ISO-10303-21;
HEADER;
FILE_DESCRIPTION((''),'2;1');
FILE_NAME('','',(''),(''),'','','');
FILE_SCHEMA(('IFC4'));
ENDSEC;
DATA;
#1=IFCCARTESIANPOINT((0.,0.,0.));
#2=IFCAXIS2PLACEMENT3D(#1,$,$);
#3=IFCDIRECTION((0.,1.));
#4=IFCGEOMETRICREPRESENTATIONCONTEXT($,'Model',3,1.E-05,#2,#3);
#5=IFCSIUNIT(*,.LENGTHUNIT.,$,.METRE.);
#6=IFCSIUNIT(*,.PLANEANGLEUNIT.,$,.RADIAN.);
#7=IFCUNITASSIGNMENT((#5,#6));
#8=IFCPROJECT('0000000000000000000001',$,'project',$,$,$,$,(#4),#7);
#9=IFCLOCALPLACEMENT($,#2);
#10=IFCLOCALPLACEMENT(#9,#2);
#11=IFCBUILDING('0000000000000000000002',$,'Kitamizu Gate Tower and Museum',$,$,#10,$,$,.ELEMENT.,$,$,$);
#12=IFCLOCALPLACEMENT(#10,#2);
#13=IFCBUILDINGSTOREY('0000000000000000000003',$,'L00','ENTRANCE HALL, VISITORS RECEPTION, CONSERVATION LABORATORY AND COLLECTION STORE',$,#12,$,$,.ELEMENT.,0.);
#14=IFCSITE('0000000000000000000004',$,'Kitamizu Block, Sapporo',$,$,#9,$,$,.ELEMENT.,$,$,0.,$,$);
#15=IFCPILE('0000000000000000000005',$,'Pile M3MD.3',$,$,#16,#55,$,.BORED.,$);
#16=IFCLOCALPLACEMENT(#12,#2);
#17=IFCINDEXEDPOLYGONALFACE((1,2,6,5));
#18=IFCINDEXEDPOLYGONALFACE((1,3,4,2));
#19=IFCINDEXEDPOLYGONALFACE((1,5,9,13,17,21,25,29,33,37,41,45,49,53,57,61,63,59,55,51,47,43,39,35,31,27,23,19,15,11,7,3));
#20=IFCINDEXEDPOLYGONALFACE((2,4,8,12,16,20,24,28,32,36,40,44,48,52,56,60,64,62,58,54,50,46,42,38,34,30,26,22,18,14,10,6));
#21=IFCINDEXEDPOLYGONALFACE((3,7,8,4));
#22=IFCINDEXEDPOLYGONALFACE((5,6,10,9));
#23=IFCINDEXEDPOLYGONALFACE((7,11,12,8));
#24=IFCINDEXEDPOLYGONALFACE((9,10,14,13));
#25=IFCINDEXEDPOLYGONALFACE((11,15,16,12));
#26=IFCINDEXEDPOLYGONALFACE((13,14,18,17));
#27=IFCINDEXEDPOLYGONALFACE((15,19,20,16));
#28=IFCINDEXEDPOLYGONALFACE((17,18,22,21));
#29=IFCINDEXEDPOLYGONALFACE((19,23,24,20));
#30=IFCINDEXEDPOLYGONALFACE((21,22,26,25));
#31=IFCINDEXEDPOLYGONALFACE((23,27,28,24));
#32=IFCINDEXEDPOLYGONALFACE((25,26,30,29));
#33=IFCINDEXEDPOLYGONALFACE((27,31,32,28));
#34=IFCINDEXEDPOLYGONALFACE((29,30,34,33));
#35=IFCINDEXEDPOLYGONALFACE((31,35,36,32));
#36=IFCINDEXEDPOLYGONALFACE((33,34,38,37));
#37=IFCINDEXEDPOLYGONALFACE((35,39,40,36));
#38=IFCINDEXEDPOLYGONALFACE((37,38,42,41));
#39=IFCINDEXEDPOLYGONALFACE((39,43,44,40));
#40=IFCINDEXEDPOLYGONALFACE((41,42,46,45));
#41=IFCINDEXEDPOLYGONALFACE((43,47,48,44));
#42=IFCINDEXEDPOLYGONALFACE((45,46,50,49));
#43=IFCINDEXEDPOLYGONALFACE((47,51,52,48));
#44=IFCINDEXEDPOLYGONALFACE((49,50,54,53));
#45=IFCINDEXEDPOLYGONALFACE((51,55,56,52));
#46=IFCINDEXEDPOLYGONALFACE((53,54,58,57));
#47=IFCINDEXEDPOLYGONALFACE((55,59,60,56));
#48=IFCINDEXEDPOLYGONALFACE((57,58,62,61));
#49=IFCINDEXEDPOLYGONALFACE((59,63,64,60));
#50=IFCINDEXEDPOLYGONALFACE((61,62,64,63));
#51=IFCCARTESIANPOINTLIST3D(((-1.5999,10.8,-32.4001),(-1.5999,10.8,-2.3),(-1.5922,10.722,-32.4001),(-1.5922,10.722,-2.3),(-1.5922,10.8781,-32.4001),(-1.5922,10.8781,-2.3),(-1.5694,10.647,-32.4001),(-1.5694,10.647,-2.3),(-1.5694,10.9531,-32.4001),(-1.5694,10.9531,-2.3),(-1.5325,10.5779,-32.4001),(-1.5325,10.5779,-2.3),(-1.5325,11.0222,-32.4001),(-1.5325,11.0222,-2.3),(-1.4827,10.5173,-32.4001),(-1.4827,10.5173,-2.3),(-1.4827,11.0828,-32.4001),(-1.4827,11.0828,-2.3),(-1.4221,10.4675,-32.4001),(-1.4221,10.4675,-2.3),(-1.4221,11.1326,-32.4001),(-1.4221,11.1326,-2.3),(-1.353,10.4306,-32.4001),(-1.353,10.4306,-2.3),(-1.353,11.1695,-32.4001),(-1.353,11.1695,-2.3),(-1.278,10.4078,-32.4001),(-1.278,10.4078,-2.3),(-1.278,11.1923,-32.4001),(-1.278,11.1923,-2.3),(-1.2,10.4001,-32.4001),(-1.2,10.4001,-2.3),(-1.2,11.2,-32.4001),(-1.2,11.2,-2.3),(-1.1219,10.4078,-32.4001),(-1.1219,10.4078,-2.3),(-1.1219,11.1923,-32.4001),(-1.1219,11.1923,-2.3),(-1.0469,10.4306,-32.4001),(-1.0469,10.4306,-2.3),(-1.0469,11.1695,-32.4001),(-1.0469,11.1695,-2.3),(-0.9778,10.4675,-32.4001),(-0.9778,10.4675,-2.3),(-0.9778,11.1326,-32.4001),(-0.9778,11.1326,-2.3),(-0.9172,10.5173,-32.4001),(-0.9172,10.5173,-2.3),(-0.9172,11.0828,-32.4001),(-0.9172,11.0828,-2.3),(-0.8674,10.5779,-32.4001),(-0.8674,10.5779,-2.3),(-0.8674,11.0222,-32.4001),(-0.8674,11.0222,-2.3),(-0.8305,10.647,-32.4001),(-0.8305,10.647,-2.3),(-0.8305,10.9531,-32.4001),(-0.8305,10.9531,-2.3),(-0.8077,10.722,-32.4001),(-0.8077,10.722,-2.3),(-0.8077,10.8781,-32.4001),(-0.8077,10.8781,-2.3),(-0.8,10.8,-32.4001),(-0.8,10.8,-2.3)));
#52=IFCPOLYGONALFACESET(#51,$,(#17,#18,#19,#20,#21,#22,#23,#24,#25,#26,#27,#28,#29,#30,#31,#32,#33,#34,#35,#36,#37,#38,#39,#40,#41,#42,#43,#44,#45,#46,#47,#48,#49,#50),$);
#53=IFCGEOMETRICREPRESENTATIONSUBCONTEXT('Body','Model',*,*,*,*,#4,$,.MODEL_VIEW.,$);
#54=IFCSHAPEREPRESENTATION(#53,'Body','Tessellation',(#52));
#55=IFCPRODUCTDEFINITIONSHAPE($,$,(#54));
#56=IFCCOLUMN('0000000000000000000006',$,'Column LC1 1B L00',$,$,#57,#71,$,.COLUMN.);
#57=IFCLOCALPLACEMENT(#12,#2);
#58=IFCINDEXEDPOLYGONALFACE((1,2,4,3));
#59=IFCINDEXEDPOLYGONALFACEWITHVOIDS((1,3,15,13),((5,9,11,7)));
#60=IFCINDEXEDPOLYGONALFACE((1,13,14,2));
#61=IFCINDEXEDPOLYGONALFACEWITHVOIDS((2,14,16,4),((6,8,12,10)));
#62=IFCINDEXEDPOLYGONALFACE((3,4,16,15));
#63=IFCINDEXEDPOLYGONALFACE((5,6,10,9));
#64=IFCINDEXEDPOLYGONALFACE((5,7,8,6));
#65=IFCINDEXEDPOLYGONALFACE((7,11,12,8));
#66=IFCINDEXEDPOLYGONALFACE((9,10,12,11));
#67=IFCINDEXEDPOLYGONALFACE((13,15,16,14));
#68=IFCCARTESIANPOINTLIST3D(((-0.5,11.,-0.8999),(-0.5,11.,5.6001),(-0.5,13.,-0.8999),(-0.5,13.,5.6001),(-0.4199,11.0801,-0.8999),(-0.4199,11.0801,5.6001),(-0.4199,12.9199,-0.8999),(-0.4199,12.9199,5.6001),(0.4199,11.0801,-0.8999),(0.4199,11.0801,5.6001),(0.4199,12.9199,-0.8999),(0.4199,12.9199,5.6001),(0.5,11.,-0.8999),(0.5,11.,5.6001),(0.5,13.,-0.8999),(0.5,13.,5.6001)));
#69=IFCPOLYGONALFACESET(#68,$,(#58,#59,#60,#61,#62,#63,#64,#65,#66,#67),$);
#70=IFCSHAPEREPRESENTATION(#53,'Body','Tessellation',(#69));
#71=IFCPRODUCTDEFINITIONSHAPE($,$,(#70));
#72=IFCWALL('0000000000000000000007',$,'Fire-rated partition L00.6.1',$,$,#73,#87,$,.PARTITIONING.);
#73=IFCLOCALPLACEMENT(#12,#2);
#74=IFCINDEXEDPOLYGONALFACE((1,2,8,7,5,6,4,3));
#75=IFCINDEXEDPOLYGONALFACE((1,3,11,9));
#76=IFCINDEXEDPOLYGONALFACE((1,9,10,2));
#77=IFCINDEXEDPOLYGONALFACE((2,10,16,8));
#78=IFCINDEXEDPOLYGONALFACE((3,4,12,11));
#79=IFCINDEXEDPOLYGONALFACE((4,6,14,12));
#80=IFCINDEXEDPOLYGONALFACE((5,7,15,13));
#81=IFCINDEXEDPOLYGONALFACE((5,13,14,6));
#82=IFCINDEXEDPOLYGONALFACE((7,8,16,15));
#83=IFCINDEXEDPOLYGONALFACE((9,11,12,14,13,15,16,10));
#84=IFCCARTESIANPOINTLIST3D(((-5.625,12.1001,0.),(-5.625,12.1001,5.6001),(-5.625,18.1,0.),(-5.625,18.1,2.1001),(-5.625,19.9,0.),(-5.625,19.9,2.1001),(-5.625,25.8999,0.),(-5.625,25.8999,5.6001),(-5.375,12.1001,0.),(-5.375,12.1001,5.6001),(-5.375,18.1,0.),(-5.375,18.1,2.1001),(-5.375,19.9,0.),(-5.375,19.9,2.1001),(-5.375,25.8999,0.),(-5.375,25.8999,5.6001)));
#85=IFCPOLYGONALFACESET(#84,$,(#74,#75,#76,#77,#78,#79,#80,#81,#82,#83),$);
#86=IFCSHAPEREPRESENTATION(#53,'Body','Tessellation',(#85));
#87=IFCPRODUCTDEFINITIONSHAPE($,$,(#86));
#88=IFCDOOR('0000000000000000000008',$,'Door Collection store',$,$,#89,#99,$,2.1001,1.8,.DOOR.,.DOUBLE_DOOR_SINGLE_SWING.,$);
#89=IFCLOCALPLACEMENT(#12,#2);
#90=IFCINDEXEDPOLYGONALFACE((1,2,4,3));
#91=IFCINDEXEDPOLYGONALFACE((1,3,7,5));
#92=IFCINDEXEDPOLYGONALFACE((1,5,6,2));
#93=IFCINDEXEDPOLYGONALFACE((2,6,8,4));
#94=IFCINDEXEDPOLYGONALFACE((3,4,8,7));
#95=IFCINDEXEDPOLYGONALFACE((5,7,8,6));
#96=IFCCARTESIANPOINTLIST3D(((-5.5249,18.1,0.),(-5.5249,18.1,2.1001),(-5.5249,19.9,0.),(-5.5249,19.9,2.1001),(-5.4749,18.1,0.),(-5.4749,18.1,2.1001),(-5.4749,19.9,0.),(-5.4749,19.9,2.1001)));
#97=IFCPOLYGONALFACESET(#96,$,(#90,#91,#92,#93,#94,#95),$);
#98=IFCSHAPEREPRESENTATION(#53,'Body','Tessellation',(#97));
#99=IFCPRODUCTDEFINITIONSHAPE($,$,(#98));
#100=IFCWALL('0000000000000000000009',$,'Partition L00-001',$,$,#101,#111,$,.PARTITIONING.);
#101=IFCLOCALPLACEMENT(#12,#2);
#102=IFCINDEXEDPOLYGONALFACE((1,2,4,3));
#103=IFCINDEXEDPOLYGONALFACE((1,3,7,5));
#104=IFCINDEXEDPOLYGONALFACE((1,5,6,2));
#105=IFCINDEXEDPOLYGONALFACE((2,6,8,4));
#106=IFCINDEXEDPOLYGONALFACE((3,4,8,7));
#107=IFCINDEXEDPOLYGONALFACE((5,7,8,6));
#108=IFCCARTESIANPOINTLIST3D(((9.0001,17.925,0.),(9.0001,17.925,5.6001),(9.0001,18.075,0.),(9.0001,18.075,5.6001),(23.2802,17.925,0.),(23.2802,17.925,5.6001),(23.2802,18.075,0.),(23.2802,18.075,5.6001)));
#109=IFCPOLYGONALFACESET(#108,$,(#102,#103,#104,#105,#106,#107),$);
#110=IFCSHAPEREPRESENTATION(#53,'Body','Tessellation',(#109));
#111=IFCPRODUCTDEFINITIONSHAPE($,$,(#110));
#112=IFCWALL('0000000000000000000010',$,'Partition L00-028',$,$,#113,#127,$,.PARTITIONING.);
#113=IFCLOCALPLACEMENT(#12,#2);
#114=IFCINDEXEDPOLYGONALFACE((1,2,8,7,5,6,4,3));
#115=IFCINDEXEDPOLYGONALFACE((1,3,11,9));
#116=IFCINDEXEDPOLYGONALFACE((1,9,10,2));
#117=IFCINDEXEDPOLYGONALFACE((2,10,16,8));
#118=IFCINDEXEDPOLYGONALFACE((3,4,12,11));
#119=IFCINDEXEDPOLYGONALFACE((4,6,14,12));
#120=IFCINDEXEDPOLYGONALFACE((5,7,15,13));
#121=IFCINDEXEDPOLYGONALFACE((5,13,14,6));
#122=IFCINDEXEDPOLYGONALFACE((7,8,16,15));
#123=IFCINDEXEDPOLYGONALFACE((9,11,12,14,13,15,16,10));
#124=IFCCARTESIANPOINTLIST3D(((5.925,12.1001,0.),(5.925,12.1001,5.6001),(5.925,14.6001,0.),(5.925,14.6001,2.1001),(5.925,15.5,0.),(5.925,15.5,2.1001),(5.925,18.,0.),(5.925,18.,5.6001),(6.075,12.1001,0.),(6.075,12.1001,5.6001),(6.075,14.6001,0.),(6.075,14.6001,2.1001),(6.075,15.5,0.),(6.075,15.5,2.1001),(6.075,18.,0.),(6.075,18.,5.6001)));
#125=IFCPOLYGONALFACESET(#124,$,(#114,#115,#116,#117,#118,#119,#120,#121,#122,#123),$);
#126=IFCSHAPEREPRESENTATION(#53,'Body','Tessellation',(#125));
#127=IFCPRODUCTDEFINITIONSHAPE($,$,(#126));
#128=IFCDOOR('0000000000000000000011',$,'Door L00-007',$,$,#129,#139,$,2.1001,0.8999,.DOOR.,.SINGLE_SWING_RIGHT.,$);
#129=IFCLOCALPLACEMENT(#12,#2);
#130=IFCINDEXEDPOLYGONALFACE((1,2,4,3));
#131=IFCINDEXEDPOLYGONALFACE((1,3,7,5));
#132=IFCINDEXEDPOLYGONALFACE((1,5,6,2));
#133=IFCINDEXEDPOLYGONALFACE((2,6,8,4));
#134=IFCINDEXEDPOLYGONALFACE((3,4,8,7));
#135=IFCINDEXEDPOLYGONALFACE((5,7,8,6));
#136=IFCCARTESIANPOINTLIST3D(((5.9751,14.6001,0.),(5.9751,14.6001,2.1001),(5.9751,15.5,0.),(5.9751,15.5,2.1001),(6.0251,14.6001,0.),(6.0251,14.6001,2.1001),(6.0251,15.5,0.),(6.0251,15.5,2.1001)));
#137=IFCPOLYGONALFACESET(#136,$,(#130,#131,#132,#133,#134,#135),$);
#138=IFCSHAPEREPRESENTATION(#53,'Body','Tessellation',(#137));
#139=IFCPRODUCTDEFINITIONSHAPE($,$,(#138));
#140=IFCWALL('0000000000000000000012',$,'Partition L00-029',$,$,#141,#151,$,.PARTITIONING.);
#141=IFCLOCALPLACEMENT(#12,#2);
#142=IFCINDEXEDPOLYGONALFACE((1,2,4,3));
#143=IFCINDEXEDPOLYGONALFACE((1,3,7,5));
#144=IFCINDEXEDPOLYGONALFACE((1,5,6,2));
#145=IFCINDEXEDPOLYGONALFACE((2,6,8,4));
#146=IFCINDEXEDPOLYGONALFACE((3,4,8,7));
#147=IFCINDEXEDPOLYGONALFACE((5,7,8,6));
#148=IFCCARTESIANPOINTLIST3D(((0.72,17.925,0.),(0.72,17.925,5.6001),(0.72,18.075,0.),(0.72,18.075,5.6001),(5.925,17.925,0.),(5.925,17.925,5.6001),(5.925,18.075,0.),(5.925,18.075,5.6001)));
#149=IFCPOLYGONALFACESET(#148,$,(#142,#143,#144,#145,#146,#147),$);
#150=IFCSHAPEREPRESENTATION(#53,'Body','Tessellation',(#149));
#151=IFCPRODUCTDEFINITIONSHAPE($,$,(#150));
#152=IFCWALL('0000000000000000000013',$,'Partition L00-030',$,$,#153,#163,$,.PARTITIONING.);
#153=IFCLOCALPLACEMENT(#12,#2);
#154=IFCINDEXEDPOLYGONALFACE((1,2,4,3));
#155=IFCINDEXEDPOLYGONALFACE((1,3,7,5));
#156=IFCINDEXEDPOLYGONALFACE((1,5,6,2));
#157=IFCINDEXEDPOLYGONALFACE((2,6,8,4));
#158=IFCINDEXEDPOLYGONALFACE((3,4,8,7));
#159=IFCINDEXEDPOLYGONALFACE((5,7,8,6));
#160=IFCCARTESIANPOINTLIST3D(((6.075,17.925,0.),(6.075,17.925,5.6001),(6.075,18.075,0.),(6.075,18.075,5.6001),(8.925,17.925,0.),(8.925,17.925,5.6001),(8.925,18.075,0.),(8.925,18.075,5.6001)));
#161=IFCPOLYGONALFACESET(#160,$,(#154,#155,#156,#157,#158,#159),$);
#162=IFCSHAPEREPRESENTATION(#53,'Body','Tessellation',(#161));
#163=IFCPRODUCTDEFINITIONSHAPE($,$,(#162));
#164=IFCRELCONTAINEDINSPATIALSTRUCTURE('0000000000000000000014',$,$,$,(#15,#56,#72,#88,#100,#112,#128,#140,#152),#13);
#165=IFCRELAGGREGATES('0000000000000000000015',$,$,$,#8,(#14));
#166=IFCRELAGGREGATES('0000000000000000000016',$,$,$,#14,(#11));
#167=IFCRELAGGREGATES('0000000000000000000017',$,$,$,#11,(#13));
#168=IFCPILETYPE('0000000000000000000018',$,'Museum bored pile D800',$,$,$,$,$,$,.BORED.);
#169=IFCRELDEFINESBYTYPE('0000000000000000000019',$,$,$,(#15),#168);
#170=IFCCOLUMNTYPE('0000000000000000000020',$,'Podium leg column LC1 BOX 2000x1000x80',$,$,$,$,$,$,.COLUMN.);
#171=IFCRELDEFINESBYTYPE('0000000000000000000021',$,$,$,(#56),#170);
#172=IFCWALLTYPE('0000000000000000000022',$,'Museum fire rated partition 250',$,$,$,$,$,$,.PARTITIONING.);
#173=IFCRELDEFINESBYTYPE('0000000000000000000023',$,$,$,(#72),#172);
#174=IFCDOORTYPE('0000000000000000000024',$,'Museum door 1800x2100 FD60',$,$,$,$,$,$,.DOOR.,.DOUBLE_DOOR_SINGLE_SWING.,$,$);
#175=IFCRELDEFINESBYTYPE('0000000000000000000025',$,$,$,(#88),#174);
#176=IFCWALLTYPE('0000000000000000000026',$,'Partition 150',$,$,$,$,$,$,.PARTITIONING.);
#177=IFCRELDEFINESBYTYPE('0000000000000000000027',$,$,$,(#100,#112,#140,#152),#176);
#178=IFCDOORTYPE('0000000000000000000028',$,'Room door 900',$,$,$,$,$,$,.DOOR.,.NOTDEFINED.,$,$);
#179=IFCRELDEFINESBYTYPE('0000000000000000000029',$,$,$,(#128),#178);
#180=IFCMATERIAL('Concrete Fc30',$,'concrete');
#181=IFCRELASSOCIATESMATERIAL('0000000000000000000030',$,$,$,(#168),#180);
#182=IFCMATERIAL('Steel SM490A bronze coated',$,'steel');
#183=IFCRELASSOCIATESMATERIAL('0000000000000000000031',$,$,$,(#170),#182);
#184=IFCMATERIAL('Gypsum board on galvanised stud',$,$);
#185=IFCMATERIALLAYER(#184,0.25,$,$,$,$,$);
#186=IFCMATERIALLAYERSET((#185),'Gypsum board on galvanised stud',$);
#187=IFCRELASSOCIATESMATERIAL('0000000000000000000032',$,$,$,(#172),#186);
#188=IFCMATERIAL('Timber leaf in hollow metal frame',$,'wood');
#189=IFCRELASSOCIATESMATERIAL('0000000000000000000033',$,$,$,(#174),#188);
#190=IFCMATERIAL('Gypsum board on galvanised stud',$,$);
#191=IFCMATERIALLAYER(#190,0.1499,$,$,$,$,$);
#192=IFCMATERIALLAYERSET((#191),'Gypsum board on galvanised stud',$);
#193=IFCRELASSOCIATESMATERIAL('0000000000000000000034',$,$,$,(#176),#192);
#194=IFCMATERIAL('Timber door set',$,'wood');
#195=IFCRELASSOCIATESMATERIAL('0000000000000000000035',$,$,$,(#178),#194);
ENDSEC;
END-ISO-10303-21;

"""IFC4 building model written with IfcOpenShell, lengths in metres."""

from ifc_helpers import new_model, si_unit, direction, frame, frame_2d, origin, origin_2d, place, context, subcontext, project, spatial, rectangle, hollow_rectangle, circle, extrude, material, layer, layer_set, material_profile, profile_set, type_object, element, fill, save


model = new_model("IFC4")

# Units and contexts
model_context = context("Model", 3, precision=1e-05, world=origin(), true_north=direction((0.0, 1.0)))
body_context = subcontext(model_context, "Body", "Model", "MODEL_VIEW")
ifc_project = project(units=[si_unit("LENGTHUNIT", "METRE"), si_unit("PLANEANGLEUNIT", "RADIAN")], contexts=[model_context])

# Site, building, storey
site_placement = place(None, origin())
site = spatial("IfcSite", under=ifc_project, at=site_placement, Name="Kitamizu Block, Sapporo", CompositionType="ELEMENT", RefElevation=0.0)
building_placement = place(site_placement, origin())
building = spatial("IfcBuilding", under=site, at=building_placement, Name="Kitamizu Gate Tower and Museum", CompositionType="ELEMENT")
storey_placement = place(building_placement, origin())
storey = spatial("IfcBuildingStorey", under=building, at=storey_placement, Name="L00", Description="ENTRANCE HALL, VISITORS RECEPTION, CONSERVATION LABORATORY AND COLLECTION STORE", CompositionType="ELEMENT", Elevation=0.0)

# Pile
ifc_material_1 = material(Name="Concrete Fc30", Category="concrete")
ifc_material_profile_1 = material_profile(ifc_material_1, circle(Radius=0.3999, at=origin_2d()), Name="D800")
ifc_profile_set_1 = profile_set([ifc_material_profile_1], Name="Concrete Fc30")
pile_type_1 = type_object("IfcPileType", Name="Museum bored pile D800", PredefinedType="BORED", material=ifc_profile_set_1)
pile_placement = place(storey_placement, frame((-1.2, 10.8, -2.3), z_axis=(0.0, 0.0, -1.0), x_axis=(1.0, 0.0, 0.0)))
element("IfcPile", 1, at=pile_placement, inside=storey, type_object=pile_type_1, Name="Pile M3MD.3", PredefinedType="BORED", context=body_context, shape_type="SweptSolid", body=[
    extrude(circle(Radius=0.3999, at=origin_2d()), origin(), (0.0, 0.0, 1.0), 30.1001),
])

# Column
ifc_material_2 = material(Name="Steel SM490A bronze coated", Category="steel")
ifc_material_profile_2 = material_profile(ifc_material_2, hollow_rectangle(XDim=2.0, YDim=1.0, WallThickness=0.0801, at=origin_2d()), Name="BOX 2000x1000x80")
ifc_profile_set_2 = profile_set([ifc_material_profile_2], Name="Steel SM490A bronze coated")
column_type = type_object("IfcColumnType", Name="Podium leg column LC1 BOX 2000x1000x80", PredefinedType="COLUMN", material=ifc_profile_set_2)
column_placement = place(storey_placement, frame((0.0, 12.0, -0.8999), z_axis=(0.0, 0.0, 1.0), x_axis=(0.0, 1.0, 0.0)))
element("IfcColumn", 2, at=column_placement, inside=storey, type_object=column_type, Name="Column LC1 1B L00", PredefinedType="COLUMN", context=body_context, shape_type="SweptSolid", body=[
    extrude(hollow_rectangle(XDim=2.0, YDim=1.0, WallThickness=0.0801, at=origin_2d()), origin(), (0.0, 0.0, 1.0), 6.5),
])

# Wall, opening, door
ifc_material_3 = material(Name="Gypsum board on galvanised stud")
ifc_layer_1 = layer(ifc_material_3, 0.25)
ifc_layer_set_1 = layer_set([ifc_layer_1], Name="Gypsum board on galvanised stud")
wall_type_1 = type_object("IfcWallType", Name="Museum fire rated partition 250", PredefinedType="PARTITIONING", material=ifc_layer_set_1)
wall_1_placement = place(storey_placement, frame((-5.5, 12.1001, 0.0), z_axis=(0.0, 0.0, 1.0), x_axis=(0.0, 1.0, 0.0)))
wall_1 = element("IfcWall", 3, at=wall_1_placement, inside=storey, type_object=wall_type_1, Name="Fire-rated partition L00.6.1", PredefinedType="PARTITIONING", context=body_context, shape_type="SweptSolid", body=[
    extrude(rectangle(XDim=13.7998, YDim=0.25, at=frame_2d((6.8999, 0.0))), origin(), (0.0, 0.0, 1.0), 5.6001),
])
opening_1_placement = place(wall_1_placement, frame((6.0, 0.0, 0.0)))
opening_1 = element("IfcOpeningElement", 4, at=opening_1_placement, cuts=wall_1, PredefinedType="OPENING", context=body_context, shape_type="SweptSolid", body=[
    extrude(rectangle(XDim=1.8, YDim=2.1001, at=frame_2d((0.8999, 1.05))), frame((0.0, 0.135, 0.0), z_axis=(0.0, -1.0, 0.0), x_axis=(1.0, 0.0, 0.0)), (0.0, 0.0, 1.0), 0.27),
])
ifc_material_4 = material(Name="Timber leaf in hollow metal frame", Category="wood")
door_type_1 = type_object("IfcDoorType", Name="Museum door 1800x2100 FD60", OperationType="DOUBLE_DOOR_SINGLE_SWING", PredefinedType="DOOR", material=ifc_material_4)
door_1_placement = place(opening_1_placement, origin())
door_1 = element("IfcDoor", 5, at=door_1_placement, inside=storey, type_object=door_type_1, Name="Door Collection store", OperationType="DOUBLE_DOOR_SINGLE_SWING", OverallHeight=2.1001, OverallWidth=1.8, PredefinedType="DOOR", context=body_context, shape_type="SweptSolid", body=[
    extrude(rectangle(XDim=1.8, YDim=2.1001, at=frame_2d((0.8999, 1.05))), frame((0.0, 0.0249, 0.0), z_axis=(0.0, -1.0, 0.0), x_axis=(1.0, 0.0, 0.0)), (0.0, 0.0, 1.0), 0.05),
])
fill(opening_1, door_1)

# Wall
ifc_material_5 = material(Name="Gypsum board on galvanised stud")
ifc_layer_2 = layer(ifc_material_5, 0.1499)
ifc_layer_set_2 = layer_set([ifc_layer_2], Name="Gypsum board on galvanised stud")
wall_type_2 = type_object("IfcWallType", Name="Partition 150", PredefinedType="PARTITIONING", material=ifc_layer_set_2)
wall_2_placement = place(storey_placement, frame((9.0, 18.0, 0.0), z_axis=(0.0, 0.0, 1.0), x_axis=(1.0, 0.0, 0.0)))
element("IfcWall", 6, at=wall_2_placement, inside=storey, type_object=wall_type_2, Name="Partition L00-001", PredefinedType="PARTITIONING", context=body_context, shape_type="SweptSolid", body=[
    extrude(rectangle(XDim=14.28, YDim=0.1499, at=frame_2d((7.1401, 0.0))), origin(), (0.0, 0.0, 1.0), 5.6001),
])

# Wall, opening, door
wall_3_placement = place(storey_placement, frame((6.0, 12.1001, 0.0), z_axis=(0.0, 0.0, 1.0), x_axis=(0.0, 1.0, 0.0)))
wall_3 = element("IfcWall", 7, at=wall_3_placement, inside=storey, type_object=wall_type_2, Name="Partition L00-028", PredefinedType="PARTITIONING", context=body_context, shape_type="SweptSolid", body=[
    extrude(rectangle(XDim=5.8999, YDim=0.1499, at=frame_2d((2.95, 0.0))), origin(), (0.0, 0.0, 1.0), 5.6001),
])
opening_2_placement = place(wall_3_placement, frame((2.5, 0.0, 0.0)))
opening_2 = element("IfcOpeningElement", 8, at=opening_2_placement, cuts=wall_3, PredefinedType="OPENING", context=body_context, shape_type="SweptSolid", body=[
    extrude(rectangle(XDim=0.8999, YDim=2.1001, at=frame_2d((0.45, 1.05))), frame((0.0, 0.085, 0.0), z_axis=(0.0, -1.0, 0.0), x_axis=(1.0, 0.0, 0.0)), (0.0, 0.0, 1.0), 0.1699),
])
ifc_material_6 = material(Name="Timber door set", Category="wood")
door_type_2 = type_object("IfcDoorType", Name="Room door 900", OperationType="NOTDEFINED", PredefinedType="DOOR", material=ifc_material_6)
door_2_placement = place(opening_2_placement, origin())
door_2 = element("IfcDoor", 9, at=door_2_placement, inside=storey, type_object=door_type_2, Name="Door L00-007", OperationType="SINGLE_SWING_RIGHT", OverallHeight=2.1001, OverallWidth=0.8999, PredefinedType="DOOR", context=body_context, shape_type="SweptSolid", body=[
    extrude(rectangle(XDim=0.8999, YDim=2.1001, at=frame_2d((0.45, 1.05))), frame((0.0, 0.0249, 0.0), z_axis=(0.0, -1.0, 0.0), x_axis=(1.0, 0.0, 0.0)), (0.0, 0.0, 1.0), 0.05),
])
fill(opening_2, door_2)

# Walls
wall_4_placement = place(storey_placement, frame((5.925, 18.0, 0.0), z_axis=(0.0, 0.0, 1.0), x_axis=(-1.0, 0.0, 0.0)))
element("IfcWall", 10, at=wall_4_placement, inside=storey, type_object=wall_type_2, Name="Partition L00-029", PredefinedType="PARTITIONING", context=body_context, shape_type="SweptSolid", body=[
    extrude(rectangle(XDim=5.2051, YDim=0.1499, at=frame_2d((2.6025, 0.0))), origin(), (0.0, 0.0, 1.0), 5.6001),
])
wall_5_placement = place(storey_placement, frame((8.925, 18.0, 0.0), z_axis=(0.0, 0.0, 1.0), x_axis=(-1.0, 0.0, 0.0)))
element("IfcWall", 11, at=wall_5_placement, inside=storey, type_object=wall_type_2, Name="Partition L00-030", PredefinedType="PARTITIONING", context=body_context, shape_type="SweptSolid", body=[
    extrude(rectangle(XDim=2.8501, YDim=0.1499, at=frame_2d((1.425, 0.0))), origin(), (0.0, 0.0, 1.0), 5.6001),
])

save(model, "model.ifc")
